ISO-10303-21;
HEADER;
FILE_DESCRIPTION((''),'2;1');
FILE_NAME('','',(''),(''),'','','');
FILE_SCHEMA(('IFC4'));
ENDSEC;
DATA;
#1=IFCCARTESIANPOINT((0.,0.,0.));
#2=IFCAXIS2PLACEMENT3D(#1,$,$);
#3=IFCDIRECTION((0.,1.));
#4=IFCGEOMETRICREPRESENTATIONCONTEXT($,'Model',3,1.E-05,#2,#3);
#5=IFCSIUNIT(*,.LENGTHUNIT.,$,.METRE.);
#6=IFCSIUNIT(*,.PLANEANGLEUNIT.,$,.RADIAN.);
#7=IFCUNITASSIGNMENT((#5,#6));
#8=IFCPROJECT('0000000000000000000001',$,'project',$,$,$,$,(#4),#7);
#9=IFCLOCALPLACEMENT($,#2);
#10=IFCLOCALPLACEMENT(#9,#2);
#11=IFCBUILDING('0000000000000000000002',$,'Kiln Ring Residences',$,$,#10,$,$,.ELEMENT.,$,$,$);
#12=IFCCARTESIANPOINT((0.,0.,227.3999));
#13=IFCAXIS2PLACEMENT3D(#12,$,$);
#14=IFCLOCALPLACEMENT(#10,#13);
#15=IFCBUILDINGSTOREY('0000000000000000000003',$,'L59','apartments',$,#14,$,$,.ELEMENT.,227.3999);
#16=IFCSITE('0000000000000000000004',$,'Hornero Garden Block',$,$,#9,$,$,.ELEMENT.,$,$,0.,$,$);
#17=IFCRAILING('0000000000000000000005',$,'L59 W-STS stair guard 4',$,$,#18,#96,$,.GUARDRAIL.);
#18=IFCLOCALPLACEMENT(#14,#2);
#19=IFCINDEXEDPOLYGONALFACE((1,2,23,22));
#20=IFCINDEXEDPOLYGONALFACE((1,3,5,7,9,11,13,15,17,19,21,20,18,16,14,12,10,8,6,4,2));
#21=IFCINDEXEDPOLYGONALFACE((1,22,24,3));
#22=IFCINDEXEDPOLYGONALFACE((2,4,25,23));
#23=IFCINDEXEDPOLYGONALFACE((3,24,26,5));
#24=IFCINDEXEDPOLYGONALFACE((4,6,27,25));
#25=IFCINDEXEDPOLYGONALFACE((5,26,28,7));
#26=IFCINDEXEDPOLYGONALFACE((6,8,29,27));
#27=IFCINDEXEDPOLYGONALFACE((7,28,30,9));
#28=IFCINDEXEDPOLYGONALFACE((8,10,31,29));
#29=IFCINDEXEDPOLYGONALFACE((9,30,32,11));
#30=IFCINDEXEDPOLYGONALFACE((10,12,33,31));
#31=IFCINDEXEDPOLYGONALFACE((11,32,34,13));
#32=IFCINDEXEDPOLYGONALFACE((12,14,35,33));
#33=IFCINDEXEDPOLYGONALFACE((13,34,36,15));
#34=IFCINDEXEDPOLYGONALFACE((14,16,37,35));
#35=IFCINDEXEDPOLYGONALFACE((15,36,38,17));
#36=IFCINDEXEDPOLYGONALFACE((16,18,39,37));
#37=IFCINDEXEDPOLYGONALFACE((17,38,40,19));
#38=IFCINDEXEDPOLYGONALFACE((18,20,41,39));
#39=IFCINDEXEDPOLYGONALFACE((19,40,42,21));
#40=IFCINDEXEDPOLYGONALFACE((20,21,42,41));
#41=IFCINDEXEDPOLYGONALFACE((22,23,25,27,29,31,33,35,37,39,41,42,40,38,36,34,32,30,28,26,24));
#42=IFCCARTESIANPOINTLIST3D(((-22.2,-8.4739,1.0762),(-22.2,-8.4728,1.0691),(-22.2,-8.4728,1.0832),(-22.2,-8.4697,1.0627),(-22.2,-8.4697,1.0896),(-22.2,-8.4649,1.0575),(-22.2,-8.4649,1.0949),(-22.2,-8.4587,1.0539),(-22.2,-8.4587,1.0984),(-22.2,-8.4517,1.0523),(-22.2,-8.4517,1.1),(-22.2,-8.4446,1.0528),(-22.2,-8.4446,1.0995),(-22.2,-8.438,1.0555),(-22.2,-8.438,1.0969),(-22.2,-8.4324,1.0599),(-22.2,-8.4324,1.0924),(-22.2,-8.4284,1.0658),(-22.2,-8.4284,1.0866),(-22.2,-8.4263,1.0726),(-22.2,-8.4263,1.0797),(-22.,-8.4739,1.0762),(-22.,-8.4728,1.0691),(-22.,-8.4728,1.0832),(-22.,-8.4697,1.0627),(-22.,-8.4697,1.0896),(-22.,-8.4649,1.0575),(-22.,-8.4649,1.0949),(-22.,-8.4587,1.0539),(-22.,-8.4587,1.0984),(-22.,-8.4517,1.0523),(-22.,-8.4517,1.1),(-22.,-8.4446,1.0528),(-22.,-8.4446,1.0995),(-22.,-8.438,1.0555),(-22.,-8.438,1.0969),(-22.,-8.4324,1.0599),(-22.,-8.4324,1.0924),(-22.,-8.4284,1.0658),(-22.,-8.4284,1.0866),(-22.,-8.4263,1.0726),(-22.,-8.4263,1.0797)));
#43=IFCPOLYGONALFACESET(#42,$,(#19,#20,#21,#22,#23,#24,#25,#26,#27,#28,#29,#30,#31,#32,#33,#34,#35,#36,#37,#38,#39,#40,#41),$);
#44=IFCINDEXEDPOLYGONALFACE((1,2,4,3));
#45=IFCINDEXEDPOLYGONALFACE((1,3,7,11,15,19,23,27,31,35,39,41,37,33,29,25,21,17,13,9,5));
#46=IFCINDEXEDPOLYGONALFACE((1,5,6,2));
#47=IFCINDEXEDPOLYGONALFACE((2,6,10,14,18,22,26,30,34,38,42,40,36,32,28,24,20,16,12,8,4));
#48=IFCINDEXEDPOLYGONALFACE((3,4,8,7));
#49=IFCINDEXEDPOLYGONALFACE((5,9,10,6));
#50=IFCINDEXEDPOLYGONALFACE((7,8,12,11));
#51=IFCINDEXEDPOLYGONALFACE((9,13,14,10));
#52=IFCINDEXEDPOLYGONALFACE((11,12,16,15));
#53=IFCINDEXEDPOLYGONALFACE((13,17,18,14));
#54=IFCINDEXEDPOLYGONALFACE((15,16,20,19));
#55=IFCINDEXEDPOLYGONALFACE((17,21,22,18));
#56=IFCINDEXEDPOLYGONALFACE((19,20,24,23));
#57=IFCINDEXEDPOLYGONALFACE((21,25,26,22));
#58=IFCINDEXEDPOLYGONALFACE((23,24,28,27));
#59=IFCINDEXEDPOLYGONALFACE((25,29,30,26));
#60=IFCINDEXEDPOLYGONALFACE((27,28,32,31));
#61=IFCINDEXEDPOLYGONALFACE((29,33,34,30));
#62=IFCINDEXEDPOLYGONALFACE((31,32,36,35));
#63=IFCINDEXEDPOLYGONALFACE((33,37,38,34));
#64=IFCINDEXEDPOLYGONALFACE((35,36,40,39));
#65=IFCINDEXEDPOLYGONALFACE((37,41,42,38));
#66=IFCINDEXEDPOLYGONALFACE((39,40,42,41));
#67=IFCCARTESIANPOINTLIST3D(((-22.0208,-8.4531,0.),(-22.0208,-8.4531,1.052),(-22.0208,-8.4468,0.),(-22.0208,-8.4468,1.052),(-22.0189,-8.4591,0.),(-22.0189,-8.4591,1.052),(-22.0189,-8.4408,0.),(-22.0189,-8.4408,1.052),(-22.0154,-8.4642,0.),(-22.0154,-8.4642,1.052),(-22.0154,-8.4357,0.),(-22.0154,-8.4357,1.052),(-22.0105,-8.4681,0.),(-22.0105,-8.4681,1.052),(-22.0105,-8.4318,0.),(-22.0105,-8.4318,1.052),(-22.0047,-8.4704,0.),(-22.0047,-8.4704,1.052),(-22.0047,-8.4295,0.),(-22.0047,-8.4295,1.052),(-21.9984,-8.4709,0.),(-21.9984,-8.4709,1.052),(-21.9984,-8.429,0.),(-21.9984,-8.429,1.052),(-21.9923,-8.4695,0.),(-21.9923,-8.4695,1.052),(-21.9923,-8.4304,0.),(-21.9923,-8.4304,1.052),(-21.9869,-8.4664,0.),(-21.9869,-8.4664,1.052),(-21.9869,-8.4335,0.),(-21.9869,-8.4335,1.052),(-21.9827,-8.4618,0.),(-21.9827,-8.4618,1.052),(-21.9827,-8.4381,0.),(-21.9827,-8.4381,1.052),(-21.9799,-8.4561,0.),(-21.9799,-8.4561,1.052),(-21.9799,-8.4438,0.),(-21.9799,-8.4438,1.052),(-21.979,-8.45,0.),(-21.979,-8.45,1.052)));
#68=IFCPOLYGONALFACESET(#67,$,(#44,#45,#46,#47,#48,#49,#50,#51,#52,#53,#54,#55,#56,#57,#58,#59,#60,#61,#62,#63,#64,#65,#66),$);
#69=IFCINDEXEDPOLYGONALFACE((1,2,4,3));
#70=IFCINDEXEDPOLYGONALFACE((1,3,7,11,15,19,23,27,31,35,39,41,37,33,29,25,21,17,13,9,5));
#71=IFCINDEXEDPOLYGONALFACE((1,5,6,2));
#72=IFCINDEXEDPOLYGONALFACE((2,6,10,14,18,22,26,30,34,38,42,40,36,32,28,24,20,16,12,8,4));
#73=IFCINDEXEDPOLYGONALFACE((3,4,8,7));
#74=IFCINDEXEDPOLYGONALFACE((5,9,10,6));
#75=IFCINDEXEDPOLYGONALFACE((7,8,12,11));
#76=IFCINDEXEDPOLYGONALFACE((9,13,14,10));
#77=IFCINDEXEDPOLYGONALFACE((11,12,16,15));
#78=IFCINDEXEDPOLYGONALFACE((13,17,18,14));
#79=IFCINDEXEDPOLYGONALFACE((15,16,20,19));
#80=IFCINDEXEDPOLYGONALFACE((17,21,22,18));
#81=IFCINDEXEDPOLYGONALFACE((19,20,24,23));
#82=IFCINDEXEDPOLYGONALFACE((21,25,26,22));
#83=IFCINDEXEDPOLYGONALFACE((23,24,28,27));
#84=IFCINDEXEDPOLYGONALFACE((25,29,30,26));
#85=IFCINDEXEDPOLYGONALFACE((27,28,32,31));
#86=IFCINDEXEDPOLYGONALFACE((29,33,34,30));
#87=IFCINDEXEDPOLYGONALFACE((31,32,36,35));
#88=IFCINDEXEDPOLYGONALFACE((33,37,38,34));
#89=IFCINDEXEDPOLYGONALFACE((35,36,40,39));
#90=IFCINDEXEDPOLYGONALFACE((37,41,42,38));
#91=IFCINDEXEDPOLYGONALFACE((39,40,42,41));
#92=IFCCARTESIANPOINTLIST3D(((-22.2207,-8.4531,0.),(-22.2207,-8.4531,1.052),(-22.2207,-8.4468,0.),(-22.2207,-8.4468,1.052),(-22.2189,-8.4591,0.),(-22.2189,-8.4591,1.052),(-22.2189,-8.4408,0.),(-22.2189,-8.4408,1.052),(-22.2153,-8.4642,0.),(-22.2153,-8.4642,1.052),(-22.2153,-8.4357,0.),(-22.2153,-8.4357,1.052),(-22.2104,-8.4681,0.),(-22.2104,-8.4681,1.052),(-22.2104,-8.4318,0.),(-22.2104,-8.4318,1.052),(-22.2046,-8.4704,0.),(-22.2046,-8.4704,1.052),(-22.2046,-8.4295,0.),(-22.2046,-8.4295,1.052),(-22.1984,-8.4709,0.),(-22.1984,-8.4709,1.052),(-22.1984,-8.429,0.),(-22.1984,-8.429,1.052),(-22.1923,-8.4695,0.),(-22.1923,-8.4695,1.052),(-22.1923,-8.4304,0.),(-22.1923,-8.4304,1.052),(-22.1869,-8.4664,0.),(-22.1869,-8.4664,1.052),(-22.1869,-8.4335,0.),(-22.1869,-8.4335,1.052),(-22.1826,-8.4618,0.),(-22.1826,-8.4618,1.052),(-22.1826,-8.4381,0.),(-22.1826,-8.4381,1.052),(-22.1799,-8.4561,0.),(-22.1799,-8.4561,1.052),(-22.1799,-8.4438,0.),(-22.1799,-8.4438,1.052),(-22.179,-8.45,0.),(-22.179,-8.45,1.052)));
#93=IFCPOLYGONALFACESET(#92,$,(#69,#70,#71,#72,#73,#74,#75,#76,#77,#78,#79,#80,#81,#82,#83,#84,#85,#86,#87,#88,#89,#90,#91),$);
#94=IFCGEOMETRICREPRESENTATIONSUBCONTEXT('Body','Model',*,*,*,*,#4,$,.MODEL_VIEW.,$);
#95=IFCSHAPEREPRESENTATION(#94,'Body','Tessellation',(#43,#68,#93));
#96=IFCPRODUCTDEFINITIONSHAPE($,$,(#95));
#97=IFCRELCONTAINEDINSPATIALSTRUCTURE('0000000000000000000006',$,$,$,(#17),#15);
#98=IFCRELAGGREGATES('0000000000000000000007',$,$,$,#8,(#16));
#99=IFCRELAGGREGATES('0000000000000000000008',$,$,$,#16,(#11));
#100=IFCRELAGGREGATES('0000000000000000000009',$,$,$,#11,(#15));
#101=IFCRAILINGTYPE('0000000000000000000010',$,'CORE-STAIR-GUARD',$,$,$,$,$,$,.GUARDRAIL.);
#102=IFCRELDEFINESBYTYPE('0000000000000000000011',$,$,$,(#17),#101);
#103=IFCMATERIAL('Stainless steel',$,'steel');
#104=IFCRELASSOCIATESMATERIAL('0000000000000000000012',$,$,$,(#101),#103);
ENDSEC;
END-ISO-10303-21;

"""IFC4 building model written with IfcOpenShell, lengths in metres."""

from ifc_helpers import new_model, si_unit, direction, frame, origin, origin_2d, place, context, subcontext, project, spatial, circle, extrude, material, type_object, element, save


model = new_model("IFC4")

# Units and contexts
model_context = context("Model", 3, precision=1e-05, world=origin(), true_north=direction((0.0, 1.0)))
body_context = subcontext(model_context, "Body", "Model", "MODEL_VIEW")
ifc_project = project(units=[si_unit("LENGTHUNIT", "METRE"), si_unit("PLANEANGLEUNIT", "RADIAN")], contexts=[model_context])

# Site, building, storey
site_placement = place(None, origin())
site = spatial("IfcSite", under=ifc_project, at=site_placement, Name="Hornero Garden Block", CompositionType="ELEMENT", RefElevation=0.0)
building_placement = place(site_placement, origin())
building = spatial("IfcBuilding", under=site, at=building_placement, Name="Kiln Ring Residences", CompositionType="ELEMENT")
storey_placement = place(building_placement, frame((0.0, 0.0, 227.3999)))
storey = spatial("IfcBuildingStorey", under=building, at=storey_placement, Name="L59", Description="apartments", CompositionType="ELEMENT", Elevation=227.3999)

# Railing
ifc_material_1 = material(Name="Stainless steel", Category="steel")
railing_type_1 = type_object("IfcRailingType", Name="CORE-STAIR-GUARD", PredefinedType="GUARDRAIL", material=ifc_material_1)
railing_1_placement = place(storey_placement, frame((-22.0, -8.45, 0.0)))
element("IfcRailing", 1, at=railing_1_placement, inside=storey, type_object=railing_type_1, Name="L59 W-STS stair guard 4", PredefinedType="GUARDRAIL", context=body_context, shape_type="SweptSolid", body=[
    extrude(circle(Radius=0.0239, at=origin_2d()), frame((0.0, 0.0, 1.0762), z_axis=(-1.0, 0.0, 0.0), x_axis=(0.0, -1.0, 0.0)), (0.0, 0.0, 1.0), 0.2),
    extrude(circle(Radius=0.021, at=origin_2d()), origin(), (0.0, 0.0, 1.0), 1.052),
    extrude(circle(Radius=0.021, at=origin_2d()), frame((-0.2, 0.0, 0.0)), (0.0, 0.0, 1.0), 1.052),
])

save(model, "model.ifc")
